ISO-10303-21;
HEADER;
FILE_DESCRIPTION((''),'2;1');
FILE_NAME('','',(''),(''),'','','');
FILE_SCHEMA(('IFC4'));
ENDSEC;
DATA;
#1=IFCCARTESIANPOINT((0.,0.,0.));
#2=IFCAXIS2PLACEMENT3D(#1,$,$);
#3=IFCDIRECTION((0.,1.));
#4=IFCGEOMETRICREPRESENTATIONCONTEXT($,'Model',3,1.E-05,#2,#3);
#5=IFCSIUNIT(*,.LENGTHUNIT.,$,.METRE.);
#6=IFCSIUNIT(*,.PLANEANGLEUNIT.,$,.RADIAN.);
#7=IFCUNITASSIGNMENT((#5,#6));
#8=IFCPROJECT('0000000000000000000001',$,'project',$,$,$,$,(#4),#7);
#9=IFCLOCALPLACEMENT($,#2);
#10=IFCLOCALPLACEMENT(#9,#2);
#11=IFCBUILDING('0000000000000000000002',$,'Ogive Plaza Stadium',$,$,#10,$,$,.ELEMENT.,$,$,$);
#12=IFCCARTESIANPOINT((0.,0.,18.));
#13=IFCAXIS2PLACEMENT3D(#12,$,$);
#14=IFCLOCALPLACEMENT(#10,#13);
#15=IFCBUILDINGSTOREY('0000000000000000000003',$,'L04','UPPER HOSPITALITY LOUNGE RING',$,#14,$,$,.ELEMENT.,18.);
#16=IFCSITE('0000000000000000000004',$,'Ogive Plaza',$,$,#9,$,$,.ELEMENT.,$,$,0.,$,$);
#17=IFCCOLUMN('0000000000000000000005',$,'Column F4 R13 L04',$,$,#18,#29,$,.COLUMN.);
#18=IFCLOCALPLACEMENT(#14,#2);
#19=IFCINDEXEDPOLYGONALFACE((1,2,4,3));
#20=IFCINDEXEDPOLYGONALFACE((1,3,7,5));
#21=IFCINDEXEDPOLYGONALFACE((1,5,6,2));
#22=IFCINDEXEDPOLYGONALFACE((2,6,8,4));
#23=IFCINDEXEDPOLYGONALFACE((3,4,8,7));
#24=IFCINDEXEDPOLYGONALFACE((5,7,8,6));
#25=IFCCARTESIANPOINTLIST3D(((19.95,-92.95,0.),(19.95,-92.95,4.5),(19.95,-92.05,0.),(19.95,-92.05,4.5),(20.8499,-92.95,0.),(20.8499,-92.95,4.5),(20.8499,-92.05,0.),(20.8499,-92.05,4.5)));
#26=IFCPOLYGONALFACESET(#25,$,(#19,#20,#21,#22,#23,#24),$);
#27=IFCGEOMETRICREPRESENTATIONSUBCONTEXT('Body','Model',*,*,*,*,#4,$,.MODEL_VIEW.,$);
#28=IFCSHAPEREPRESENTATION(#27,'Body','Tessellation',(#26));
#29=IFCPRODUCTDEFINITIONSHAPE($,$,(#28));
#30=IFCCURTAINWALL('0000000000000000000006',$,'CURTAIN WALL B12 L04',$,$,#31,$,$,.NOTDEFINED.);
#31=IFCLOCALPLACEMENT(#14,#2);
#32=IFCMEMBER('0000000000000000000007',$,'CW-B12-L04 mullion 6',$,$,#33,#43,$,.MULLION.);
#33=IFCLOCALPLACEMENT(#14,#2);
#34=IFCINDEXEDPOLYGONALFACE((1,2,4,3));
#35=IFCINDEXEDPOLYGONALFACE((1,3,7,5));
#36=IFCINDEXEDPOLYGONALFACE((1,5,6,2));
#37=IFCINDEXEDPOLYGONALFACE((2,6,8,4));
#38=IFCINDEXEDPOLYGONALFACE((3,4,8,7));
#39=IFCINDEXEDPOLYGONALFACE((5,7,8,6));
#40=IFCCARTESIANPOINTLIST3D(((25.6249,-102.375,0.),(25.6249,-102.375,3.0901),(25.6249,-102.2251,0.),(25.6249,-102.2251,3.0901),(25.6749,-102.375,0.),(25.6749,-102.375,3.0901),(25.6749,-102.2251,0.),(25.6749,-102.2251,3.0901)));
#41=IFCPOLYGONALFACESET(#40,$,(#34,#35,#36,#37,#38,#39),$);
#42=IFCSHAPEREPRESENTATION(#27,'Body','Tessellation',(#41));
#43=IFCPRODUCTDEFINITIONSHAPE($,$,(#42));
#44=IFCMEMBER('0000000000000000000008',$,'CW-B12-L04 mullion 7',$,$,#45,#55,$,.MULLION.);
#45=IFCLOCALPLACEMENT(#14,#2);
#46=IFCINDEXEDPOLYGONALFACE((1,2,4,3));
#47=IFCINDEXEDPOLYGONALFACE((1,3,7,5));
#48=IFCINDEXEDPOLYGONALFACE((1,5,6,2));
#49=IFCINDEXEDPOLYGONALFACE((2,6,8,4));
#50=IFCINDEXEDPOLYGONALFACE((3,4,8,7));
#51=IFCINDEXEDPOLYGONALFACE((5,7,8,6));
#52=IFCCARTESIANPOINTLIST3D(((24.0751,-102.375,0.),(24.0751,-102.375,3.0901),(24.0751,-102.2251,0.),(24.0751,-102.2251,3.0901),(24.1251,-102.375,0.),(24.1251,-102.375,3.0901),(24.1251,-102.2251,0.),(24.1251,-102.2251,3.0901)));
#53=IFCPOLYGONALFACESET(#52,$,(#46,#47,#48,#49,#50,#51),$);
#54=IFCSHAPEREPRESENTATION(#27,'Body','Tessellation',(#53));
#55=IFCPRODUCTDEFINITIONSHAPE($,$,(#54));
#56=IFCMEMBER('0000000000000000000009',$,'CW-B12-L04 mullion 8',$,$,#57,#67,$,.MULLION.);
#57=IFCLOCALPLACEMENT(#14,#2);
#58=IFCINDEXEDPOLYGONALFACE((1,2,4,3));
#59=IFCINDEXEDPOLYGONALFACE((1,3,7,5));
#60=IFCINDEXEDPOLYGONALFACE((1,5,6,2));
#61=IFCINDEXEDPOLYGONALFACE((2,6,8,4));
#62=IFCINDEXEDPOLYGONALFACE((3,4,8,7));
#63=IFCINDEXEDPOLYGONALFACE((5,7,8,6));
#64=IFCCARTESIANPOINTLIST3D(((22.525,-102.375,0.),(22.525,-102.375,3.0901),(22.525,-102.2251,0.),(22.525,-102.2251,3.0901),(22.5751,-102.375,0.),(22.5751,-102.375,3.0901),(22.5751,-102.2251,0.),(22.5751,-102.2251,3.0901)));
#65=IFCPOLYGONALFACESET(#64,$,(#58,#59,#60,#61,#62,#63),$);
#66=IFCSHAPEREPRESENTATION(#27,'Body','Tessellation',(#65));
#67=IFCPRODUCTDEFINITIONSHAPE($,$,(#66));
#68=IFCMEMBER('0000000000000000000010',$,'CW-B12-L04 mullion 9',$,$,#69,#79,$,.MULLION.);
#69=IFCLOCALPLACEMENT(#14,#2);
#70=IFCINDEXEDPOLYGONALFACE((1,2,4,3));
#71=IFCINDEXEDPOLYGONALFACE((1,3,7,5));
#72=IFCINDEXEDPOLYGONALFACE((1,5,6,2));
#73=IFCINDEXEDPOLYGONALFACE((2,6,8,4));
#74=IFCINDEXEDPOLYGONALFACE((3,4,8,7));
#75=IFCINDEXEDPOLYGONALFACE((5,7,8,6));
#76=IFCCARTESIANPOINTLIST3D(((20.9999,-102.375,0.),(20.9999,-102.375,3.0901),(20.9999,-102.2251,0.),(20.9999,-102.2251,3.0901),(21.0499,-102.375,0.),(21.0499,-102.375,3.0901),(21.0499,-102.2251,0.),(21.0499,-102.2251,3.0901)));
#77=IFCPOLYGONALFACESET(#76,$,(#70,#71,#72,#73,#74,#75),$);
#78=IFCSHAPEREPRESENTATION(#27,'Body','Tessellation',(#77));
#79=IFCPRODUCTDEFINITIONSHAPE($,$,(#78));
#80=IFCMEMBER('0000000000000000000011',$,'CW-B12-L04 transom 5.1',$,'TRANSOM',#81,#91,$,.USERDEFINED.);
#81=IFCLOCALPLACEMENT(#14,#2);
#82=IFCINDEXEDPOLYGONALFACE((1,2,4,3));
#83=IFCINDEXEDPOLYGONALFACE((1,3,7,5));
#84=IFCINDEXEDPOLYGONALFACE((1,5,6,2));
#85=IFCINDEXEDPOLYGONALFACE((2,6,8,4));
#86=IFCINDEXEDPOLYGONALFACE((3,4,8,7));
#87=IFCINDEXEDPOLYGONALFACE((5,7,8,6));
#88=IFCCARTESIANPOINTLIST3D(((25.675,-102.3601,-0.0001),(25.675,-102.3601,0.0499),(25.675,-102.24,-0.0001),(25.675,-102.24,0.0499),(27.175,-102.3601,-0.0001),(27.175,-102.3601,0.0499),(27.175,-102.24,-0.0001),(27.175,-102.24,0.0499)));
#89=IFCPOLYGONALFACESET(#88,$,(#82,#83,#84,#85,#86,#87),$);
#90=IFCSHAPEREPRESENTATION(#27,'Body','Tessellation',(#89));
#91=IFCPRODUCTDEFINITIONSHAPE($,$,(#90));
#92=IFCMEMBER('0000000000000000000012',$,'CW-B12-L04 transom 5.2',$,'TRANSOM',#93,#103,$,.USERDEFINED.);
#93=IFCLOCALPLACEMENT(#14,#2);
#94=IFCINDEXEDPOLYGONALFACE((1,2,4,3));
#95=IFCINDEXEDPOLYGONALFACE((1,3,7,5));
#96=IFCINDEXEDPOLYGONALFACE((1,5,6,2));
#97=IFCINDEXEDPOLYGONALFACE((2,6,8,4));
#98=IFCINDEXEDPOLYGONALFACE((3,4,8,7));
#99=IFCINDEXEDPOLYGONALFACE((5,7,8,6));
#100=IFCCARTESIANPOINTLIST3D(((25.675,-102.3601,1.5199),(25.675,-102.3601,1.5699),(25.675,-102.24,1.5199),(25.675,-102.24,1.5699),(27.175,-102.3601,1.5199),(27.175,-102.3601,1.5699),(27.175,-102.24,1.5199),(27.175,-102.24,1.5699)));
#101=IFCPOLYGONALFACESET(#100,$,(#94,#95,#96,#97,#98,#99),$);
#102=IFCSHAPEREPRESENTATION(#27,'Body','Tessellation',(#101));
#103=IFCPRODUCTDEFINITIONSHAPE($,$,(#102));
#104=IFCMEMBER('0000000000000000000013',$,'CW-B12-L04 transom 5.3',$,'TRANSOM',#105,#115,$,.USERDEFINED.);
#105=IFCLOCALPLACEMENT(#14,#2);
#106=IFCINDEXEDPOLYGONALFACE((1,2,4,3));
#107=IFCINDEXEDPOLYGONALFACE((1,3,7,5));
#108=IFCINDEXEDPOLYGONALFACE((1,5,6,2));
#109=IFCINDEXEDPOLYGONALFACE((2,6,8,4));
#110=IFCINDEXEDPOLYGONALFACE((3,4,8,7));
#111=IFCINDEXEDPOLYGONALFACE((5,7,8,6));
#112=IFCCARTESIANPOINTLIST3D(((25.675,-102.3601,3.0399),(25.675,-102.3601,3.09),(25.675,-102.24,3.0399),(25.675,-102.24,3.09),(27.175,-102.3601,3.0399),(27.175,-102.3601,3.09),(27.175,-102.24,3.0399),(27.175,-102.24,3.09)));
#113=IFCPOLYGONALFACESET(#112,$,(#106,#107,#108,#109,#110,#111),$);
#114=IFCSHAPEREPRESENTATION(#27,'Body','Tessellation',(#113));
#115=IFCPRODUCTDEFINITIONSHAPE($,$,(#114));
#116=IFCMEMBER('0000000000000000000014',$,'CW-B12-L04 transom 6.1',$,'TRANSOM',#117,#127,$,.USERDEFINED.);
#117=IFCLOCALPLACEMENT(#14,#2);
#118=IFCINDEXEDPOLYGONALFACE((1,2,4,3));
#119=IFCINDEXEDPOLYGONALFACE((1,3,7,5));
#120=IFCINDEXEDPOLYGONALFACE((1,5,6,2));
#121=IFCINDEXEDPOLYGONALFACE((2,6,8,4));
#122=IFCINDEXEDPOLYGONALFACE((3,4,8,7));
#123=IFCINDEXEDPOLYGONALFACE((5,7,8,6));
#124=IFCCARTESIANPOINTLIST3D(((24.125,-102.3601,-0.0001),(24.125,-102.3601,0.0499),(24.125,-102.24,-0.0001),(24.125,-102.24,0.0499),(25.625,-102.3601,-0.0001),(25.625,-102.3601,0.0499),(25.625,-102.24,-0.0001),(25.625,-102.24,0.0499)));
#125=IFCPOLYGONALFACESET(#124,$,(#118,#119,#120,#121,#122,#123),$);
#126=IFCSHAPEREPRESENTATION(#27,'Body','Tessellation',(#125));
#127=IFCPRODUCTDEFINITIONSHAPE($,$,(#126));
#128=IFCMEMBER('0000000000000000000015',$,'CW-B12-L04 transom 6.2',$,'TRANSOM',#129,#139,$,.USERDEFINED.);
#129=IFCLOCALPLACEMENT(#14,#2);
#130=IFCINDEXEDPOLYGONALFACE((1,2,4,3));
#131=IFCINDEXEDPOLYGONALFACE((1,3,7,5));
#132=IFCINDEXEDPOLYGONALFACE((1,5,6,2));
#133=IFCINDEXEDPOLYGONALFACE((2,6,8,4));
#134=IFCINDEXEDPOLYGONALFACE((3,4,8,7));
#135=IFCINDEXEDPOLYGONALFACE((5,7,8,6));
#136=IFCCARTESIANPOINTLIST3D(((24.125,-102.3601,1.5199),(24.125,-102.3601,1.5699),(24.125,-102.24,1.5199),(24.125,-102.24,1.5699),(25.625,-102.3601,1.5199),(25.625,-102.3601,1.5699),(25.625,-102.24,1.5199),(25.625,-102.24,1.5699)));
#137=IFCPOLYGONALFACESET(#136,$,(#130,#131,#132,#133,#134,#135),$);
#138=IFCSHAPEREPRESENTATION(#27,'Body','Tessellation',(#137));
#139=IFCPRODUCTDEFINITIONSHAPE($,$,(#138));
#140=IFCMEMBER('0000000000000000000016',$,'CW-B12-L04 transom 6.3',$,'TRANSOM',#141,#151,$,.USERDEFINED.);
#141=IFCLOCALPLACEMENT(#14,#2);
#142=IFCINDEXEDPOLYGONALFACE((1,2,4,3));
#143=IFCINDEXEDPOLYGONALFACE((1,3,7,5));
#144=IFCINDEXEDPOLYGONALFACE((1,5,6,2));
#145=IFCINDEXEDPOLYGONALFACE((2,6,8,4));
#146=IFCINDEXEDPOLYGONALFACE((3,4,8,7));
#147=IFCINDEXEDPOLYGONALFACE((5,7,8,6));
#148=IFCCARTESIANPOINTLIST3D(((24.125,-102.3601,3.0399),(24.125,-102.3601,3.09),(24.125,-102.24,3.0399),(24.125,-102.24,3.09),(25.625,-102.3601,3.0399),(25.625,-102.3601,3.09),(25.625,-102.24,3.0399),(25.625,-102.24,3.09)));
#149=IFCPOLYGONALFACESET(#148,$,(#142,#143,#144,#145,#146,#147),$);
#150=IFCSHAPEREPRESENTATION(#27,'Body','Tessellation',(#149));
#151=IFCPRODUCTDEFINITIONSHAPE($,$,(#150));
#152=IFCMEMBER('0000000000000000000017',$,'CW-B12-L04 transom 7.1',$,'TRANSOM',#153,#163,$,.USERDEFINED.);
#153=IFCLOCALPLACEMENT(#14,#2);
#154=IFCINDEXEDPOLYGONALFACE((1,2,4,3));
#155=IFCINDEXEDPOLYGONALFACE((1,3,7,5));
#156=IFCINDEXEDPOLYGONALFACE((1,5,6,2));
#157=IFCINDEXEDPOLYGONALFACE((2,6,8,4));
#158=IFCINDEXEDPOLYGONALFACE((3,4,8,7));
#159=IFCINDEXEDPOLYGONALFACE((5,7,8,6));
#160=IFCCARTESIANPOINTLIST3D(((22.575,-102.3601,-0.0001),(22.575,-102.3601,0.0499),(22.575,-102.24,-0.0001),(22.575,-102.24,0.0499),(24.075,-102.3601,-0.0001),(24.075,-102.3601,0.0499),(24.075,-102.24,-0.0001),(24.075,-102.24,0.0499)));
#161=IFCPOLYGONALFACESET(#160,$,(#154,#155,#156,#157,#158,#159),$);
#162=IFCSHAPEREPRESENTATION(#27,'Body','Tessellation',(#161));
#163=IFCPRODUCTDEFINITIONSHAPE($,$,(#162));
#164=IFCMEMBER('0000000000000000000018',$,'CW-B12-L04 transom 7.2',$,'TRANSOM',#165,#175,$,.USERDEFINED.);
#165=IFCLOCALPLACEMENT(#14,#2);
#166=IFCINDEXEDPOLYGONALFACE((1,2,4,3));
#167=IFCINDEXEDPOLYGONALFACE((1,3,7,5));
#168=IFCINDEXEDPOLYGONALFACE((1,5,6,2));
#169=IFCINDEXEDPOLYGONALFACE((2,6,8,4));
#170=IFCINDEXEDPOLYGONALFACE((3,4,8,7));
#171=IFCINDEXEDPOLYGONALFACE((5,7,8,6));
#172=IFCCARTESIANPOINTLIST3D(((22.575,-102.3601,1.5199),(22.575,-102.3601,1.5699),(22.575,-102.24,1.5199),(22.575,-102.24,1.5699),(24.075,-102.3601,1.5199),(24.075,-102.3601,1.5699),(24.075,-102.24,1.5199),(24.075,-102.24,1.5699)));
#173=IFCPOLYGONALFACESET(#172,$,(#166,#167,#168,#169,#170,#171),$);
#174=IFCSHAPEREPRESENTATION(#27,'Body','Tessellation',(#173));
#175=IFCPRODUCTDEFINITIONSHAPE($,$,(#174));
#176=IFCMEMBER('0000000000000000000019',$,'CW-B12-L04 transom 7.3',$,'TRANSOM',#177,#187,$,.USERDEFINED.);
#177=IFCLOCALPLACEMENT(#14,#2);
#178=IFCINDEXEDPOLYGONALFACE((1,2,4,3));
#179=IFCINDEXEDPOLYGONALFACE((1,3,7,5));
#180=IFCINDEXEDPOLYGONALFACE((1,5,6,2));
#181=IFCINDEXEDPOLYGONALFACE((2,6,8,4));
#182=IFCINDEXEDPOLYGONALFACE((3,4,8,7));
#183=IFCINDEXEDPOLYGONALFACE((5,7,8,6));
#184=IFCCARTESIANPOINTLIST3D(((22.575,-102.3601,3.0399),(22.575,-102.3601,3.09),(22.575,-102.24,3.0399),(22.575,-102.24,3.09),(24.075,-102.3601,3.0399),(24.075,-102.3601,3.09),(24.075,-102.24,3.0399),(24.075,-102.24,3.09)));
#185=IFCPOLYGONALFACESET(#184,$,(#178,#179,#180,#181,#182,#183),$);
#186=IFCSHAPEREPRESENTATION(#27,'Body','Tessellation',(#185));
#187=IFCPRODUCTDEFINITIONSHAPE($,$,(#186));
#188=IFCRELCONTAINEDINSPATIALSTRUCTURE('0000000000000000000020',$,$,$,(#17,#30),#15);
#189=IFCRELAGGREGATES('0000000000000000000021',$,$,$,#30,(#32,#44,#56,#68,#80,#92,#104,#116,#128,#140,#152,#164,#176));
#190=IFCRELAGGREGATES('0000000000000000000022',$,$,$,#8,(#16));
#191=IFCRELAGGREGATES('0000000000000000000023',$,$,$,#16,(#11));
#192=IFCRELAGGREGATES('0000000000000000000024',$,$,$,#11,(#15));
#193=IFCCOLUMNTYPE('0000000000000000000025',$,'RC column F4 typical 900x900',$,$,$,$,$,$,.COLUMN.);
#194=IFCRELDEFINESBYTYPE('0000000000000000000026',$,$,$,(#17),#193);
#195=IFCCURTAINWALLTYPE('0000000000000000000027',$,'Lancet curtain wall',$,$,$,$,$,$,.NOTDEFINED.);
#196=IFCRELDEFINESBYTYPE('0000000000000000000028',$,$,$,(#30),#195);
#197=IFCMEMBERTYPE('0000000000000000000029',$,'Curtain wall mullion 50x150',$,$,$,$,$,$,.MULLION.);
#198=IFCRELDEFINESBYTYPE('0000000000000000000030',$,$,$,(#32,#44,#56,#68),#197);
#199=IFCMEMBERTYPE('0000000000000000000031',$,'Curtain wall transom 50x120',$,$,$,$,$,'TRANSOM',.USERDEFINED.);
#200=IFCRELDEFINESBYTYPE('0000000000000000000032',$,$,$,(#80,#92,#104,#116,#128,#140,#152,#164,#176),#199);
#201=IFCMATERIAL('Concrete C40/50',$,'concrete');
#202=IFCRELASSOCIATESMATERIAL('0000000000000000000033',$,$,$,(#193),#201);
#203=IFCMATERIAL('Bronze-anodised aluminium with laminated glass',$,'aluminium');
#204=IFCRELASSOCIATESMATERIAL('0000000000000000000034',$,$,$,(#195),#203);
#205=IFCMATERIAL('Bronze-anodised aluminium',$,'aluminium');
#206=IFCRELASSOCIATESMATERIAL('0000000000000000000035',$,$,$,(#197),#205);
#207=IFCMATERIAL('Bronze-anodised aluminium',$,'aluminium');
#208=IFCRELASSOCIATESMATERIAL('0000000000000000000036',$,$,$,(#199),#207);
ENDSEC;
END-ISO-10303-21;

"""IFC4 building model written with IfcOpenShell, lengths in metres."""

from ifc_helpers import new_model, si_unit, direction, frame, origin, origin_2d, place, context, subcontext, project, spatial, rectangle, extrude, material, material_profile, profile_set, type_object, element, aggregate, save


model = new_model("IFC4")

# Units and contexts
model_context = context("Model", 3, precision=1e-05, world=origin(), true_north=direction((0.0, 1.0)))
body_context = subcontext(model_context, "Body", "Model", "MODEL_VIEW")
ifc_project = project(units=[si_unit("LENGTHUNIT", "METRE"), si_unit("PLANEANGLEUNIT", "RADIAN")], contexts=[model_context])

# Site, building, storey
site_placement = place(None, origin())
site = spatial("IfcSite", under=ifc_project, at=site_placement, Name="Ogive Plaza", CompositionType="ELEMENT", RefElevation=0.0)
building_placement = place(site_placement, origin())
building = spatial("IfcBuilding", under=site, at=building_placement, Name="Ogive Plaza Stadium", CompositionType="ELEMENT")
storey_placement = place(building_placement, frame((0.0, 0.0, 18.0)))
storey = spatial("IfcBuildingStorey", under=building, at=storey_placement, Name="L04", Description="UPPER HOSPITALITY LOUNGE RING", CompositionType="ELEMENT", Elevation=18.0)

# Column
ifc_material_1 = material(Name="Concrete C40/50", Category="concrete")
ifc_material_profile_1 = material_profile(ifc_material_1, rectangle(XDim=0.8999, YDim=0.8999, at=origin_2d()), Name="RC 900x900")
ifc_profile_set_1 = profile_set([ifc_material_profile_1], Name="Concrete C40/50")
column_type = type_object("IfcColumnType", Name="RC column F4 typical 900x900", PredefinedType="COLUMN", material=ifc_profile_set_1)
column_placement = place(storey_placement, frame((20.3999, -92.5, 0.0), z_axis=(0.0, 0.0, 1.0), x_axis=(1.0, 0.0, 0.0)))
element("IfcColumn", 1, at=column_placement, inside=storey, type_object=column_type, Name="Column F4 R13 L04", PredefinedType="COLUMN", context=body_context, shape_type="SweptSolid", body=[
    extrude(rectangle(XDim=0.8999, YDim=0.8999, at=origin_2d()), origin(), (0.0, 0.0, 1.0), 4.5),
])

# Curtain wall, members
ifc_material_2 = material(Name="Bronze-anodised aluminium with laminated glass", Category="aluminium")
curtain_wall_type = type_object("IfcCurtainWallType", Name="Lancet curtain wall", PredefinedType="NOTDEFINED", material=ifc_material_2)
curtain_wall_placement = place(storey_placement, origin())
curtain_wall = element("IfcCurtainWall", 2, at=curtain_wall_placement, inside=storey, type_object=curtain_wall_type, Name="CURTAIN WALL B12 L04", PredefinedType="NOTDEFINED")
ifc_material_3 = material(Name="Bronze-anodised aluminium", Category="aluminium")
ifc_material_profile_2 = material_profile(ifc_material_3, rectangle(XDim=0.1499, YDim=0.05, at=origin_2d()), Name="AL 150x50")
ifc_profile_set_2 = profile_set([ifc_material_profile_2], Name="Bronze-anodised aluminium")
member_type_1 = type_object("IfcMemberType", Name="Curtain wall mullion 50x150", PredefinedType="MULLION", material=ifc_profile_set_2)
member_1_placement = place(storey_placement, frame((25.6499, -102.3, 0.0), z_axis=(0.0, 0.0, 1.0), x_axis=(0.0, -1.0, 0.0)))
member_1 = element("IfcMember", 3, at=member_1_placement, type_object=member_type_1, Name="CW-B12-L04 mullion 6", PredefinedType="MULLION", context=body_context, shape_type="SweptSolid", body=[
    extrude(rectangle(XDim=0.1499, YDim=0.05, at=origin_2d()), origin(), (0.0, 0.0, 1.0), 3.0901),
])
member_2_placement = place(storey_placement, frame((24.1001, -102.3, 0.0), z_axis=(0.0, 0.0, 1.0), x_axis=(0.0, -1.0, 0.0)))
member_2 = element("IfcMember", 4, at=member_2_placement, type_object=member_type_1, Name="CW-B12-L04 mullion 7", PredefinedType="MULLION", context=body_context, shape_type="SweptSolid", body=[
    extrude(rectangle(XDim=0.1499, YDim=0.05, at=origin_2d()), origin(), (0.0, 0.0, 1.0), 3.0901),
])
member_3_placement = place(storey_placement, frame((22.55, -102.3, 0.0), z_axis=(0.0, 0.0, 1.0), x_axis=(0.0, -1.0, 0.0)))
member_3 = element("IfcMember", 5, at=member_3_placement, type_object=member_type_1, Name="CW-B12-L04 mullion 8", PredefinedType="MULLION", context=body_context, shape_type="SweptSolid", body=[
    extrude(rectangle(XDim=0.1499, YDim=0.05, at=origin_2d()), origin(), (0.0, 0.0, 1.0), 3.0901),
])
member_4_placement = place(storey_placement, frame((21.0249, -102.3, 0.0), z_axis=(0.0, 0.0, 1.0), x_axis=(0.0, -1.0, 0.0)))
member_4 = element("IfcMember", 6, at=member_4_placement, type_object=member_type_1, Name="CW-B12-L04 mullion 9", PredefinedType="MULLION", context=body_context, shape_type="SweptSolid", body=[
    extrude(rectangle(XDim=0.1499, YDim=0.05, at=origin_2d()), origin(), (0.0, 0.0, 1.0), 3.0901),
])
ifc_material_4 = material(Name="Bronze-anodised aluminium", Category="aluminium")
ifc_material_profile_3 = material_profile(ifc_material_4, rectangle(XDim=0.1201, YDim=0.05, at=origin_2d()), Name="AL 120x50")
ifc_profile_set_3 = profile_set([ifc_material_profile_3], Name="Bronze-anodised aluminium")
member_type_2 = type_object("IfcMemberType", Name="Curtain wall transom 50x120", ElementType="TRANSOM", PredefinedType="USERDEFINED", material=ifc_profile_set_3)
member_5_placement = place(storey_placement, frame((27.175, -102.3, 0.0249), z_axis=(-1.0, 0.0, 0.0), x_axis=(0.0, -1.0, 0.0)))
member_5 = element("IfcMember", 7, at=member_5_placement, type_object=member_type_2, Name="CW-B12-L04 transom 5.1", ObjectType="TRANSOM", PredefinedType="USERDEFINED", context=body_context, shape_type="SweptSolid", body=[
    extrude(rectangle(XDim=0.1201, YDim=0.05, at=origin_2d()), origin(), (0.0, 0.0, 1.0), 1.5),
])
member_6_placement = place(storey_placement, frame((27.175, -102.3, 1.5449), z_axis=(-1.0, 0.0, 0.0), x_axis=(0.0, -1.0, 0.0)))
member_6 = element("IfcMember", 8, at=member_6_placement, type_object=member_type_2, Name="CW-B12-L04 transom 5.2", ObjectType="TRANSOM", PredefinedType="USERDEFINED", context=body_context, shape_type="SweptSolid", body=[
    extrude(rectangle(XDim=0.1201, YDim=0.05, at=origin_2d()), origin(), (0.0, 0.0, 1.0), 1.5),
])
member_7_placement = place(storey_placement, frame((27.175, -102.3, 3.0649), z_axis=(-1.0, 0.0, 0.0), x_axis=(0.0, -1.0, 0.0)))
member_7 = element("IfcMember", 9, at=member_7_placement, type_object=member_type_2, Name="CW-B12-L04 transom 5.3", ObjectType="TRANSOM", PredefinedType="USERDEFINED", context=body_context, shape_type="SweptSolid", body=[
    extrude(rectangle(XDim=0.1201, YDim=0.05, at=origin_2d()), origin(), (0.0, 0.0, 1.0), 1.5),
])
member_8_placement = place(storey_placement, frame((25.625, -102.3, 0.0249), z_axis=(-1.0, 0.0, 0.0), x_axis=(0.0, -1.0, 0.0)))
member_8 = element("IfcMember", 10, at=member_8_placement, type_object=member_type_2, Name="CW-B12-L04 transom 6.1", ObjectType="TRANSOM", PredefinedType="USERDEFINED", context=body_context, shape_type="SweptSolid", body=[
    extrude(rectangle(XDim=0.1201, YDim=0.05, at=origin_2d()), origin(), (0.0, 0.0, 1.0), 1.5),
])
member_9_placement = place(storey_placement, frame((25.625, -102.3, 1.5449), z_axis=(-1.0, 0.0, 0.0), x_axis=(0.0, -1.0, 0.0)))
member_9 = element("IfcMember", 11, at=member_9_placement, type_object=member_type_2, Name="CW-B12-L04 transom 6.2", ObjectType="TRANSOM", PredefinedType="USERDEFINED", context=body_context, shape_type="SweptSolid", body=[
    extrude(rectangle(XDim=0.1201, YDim=0.05, at=origin_2d()), origin(), (0.0, 0.0, 1.0), 1.5),
])
member_10_placement = place(storey_placement, frame((25.625, -102.3, 3.0649), z_axis=(-1.0, 0.0, 0.0), x_axis=(0.0, -1.0, 0.0)))
member_10 = element("IfcMember", 12, at=member_10_placement, type_object=member_type_2, Name="CW-B12-L04 transom 6.3", ObjectType="TRANSOM", PredefinedType="USERDEFINED", context=body_context, shape_type="SweptSolid", body=[
    extrude(rectangle(XDim=0.1201, YDim=0.05, at=origin_2d()), origin(), (0.0, 0.0, 1.0), 1.5),
])
member_11_placement = place(storey_placement, frame((24.075, -102.3, 0.0249), z_axis=(-1.0, 0.0, 0.0), x_axis=(0.0, -1.0, 0.0)))
member_11 = element("IfcMember", 13, at=member_11_placement, type_object=member_type_2, Name="CW-B12-L04 transom 7.1", ObjectType="TRANSOM", PredefinedType="USERDEFINED", context=body_context, shape_type="SweptSolid", body=[
    extrude(rectangle(XDim=0.1201, YDim=0.05, at=origin_2d()), origin(), (0.0, 0.0, 1.0), 1.5),
])
member_12_placement = place(storey_placement, frame((24.075, -102.3, 1.5449), z_axis=(-1.0, 0.0, 0.0), x_axis=(0.0, -1.0, 0.0)))
member_12 = element("IfcMember", 14, at=member_12_placement, type_object=member_type_2, Name="CW-B12-L04 transom 7.2", ObjectType="TRANSOM", PredefinedType="USERDEFINED", context=body_context, shape_type="SweptSolid", body=[
    extrude(rectangle(XDim=0.1201, YDim=0.05, at=origin_2d()), origin(), (0.0, 0.0, 1.0), 1.5),
])
member_13_placement = place(storey_placement, frame((24.075, -102.3, 3.0649), z_axis=(-1.0, 0.0, 0.0), x_axis=(0.0, -1.0, 0.0)))
member_13 = element("IfcMember", 15, at=member_13_placement, type_object=member_type_2, Name="CW-B12-L04 transom 7.3", ObjectType="TRANSOM", PredefinedType="USERDEFINED", context=body_context, shape_type="SweptSolid", body=[
    extrude(rectangle(XDim=0.1201, YDim=0.05, at=origin_2d()), origin(), (0.0, 0.0, 1.0), 1.5),
])
aggregate(curtain_wall, [member_1, member_2, member_3, member_4, member_5, member_6, member_7, member_8, member_9, member_10, member_11, member_12, member_13])

save(model, "model.ifc")
